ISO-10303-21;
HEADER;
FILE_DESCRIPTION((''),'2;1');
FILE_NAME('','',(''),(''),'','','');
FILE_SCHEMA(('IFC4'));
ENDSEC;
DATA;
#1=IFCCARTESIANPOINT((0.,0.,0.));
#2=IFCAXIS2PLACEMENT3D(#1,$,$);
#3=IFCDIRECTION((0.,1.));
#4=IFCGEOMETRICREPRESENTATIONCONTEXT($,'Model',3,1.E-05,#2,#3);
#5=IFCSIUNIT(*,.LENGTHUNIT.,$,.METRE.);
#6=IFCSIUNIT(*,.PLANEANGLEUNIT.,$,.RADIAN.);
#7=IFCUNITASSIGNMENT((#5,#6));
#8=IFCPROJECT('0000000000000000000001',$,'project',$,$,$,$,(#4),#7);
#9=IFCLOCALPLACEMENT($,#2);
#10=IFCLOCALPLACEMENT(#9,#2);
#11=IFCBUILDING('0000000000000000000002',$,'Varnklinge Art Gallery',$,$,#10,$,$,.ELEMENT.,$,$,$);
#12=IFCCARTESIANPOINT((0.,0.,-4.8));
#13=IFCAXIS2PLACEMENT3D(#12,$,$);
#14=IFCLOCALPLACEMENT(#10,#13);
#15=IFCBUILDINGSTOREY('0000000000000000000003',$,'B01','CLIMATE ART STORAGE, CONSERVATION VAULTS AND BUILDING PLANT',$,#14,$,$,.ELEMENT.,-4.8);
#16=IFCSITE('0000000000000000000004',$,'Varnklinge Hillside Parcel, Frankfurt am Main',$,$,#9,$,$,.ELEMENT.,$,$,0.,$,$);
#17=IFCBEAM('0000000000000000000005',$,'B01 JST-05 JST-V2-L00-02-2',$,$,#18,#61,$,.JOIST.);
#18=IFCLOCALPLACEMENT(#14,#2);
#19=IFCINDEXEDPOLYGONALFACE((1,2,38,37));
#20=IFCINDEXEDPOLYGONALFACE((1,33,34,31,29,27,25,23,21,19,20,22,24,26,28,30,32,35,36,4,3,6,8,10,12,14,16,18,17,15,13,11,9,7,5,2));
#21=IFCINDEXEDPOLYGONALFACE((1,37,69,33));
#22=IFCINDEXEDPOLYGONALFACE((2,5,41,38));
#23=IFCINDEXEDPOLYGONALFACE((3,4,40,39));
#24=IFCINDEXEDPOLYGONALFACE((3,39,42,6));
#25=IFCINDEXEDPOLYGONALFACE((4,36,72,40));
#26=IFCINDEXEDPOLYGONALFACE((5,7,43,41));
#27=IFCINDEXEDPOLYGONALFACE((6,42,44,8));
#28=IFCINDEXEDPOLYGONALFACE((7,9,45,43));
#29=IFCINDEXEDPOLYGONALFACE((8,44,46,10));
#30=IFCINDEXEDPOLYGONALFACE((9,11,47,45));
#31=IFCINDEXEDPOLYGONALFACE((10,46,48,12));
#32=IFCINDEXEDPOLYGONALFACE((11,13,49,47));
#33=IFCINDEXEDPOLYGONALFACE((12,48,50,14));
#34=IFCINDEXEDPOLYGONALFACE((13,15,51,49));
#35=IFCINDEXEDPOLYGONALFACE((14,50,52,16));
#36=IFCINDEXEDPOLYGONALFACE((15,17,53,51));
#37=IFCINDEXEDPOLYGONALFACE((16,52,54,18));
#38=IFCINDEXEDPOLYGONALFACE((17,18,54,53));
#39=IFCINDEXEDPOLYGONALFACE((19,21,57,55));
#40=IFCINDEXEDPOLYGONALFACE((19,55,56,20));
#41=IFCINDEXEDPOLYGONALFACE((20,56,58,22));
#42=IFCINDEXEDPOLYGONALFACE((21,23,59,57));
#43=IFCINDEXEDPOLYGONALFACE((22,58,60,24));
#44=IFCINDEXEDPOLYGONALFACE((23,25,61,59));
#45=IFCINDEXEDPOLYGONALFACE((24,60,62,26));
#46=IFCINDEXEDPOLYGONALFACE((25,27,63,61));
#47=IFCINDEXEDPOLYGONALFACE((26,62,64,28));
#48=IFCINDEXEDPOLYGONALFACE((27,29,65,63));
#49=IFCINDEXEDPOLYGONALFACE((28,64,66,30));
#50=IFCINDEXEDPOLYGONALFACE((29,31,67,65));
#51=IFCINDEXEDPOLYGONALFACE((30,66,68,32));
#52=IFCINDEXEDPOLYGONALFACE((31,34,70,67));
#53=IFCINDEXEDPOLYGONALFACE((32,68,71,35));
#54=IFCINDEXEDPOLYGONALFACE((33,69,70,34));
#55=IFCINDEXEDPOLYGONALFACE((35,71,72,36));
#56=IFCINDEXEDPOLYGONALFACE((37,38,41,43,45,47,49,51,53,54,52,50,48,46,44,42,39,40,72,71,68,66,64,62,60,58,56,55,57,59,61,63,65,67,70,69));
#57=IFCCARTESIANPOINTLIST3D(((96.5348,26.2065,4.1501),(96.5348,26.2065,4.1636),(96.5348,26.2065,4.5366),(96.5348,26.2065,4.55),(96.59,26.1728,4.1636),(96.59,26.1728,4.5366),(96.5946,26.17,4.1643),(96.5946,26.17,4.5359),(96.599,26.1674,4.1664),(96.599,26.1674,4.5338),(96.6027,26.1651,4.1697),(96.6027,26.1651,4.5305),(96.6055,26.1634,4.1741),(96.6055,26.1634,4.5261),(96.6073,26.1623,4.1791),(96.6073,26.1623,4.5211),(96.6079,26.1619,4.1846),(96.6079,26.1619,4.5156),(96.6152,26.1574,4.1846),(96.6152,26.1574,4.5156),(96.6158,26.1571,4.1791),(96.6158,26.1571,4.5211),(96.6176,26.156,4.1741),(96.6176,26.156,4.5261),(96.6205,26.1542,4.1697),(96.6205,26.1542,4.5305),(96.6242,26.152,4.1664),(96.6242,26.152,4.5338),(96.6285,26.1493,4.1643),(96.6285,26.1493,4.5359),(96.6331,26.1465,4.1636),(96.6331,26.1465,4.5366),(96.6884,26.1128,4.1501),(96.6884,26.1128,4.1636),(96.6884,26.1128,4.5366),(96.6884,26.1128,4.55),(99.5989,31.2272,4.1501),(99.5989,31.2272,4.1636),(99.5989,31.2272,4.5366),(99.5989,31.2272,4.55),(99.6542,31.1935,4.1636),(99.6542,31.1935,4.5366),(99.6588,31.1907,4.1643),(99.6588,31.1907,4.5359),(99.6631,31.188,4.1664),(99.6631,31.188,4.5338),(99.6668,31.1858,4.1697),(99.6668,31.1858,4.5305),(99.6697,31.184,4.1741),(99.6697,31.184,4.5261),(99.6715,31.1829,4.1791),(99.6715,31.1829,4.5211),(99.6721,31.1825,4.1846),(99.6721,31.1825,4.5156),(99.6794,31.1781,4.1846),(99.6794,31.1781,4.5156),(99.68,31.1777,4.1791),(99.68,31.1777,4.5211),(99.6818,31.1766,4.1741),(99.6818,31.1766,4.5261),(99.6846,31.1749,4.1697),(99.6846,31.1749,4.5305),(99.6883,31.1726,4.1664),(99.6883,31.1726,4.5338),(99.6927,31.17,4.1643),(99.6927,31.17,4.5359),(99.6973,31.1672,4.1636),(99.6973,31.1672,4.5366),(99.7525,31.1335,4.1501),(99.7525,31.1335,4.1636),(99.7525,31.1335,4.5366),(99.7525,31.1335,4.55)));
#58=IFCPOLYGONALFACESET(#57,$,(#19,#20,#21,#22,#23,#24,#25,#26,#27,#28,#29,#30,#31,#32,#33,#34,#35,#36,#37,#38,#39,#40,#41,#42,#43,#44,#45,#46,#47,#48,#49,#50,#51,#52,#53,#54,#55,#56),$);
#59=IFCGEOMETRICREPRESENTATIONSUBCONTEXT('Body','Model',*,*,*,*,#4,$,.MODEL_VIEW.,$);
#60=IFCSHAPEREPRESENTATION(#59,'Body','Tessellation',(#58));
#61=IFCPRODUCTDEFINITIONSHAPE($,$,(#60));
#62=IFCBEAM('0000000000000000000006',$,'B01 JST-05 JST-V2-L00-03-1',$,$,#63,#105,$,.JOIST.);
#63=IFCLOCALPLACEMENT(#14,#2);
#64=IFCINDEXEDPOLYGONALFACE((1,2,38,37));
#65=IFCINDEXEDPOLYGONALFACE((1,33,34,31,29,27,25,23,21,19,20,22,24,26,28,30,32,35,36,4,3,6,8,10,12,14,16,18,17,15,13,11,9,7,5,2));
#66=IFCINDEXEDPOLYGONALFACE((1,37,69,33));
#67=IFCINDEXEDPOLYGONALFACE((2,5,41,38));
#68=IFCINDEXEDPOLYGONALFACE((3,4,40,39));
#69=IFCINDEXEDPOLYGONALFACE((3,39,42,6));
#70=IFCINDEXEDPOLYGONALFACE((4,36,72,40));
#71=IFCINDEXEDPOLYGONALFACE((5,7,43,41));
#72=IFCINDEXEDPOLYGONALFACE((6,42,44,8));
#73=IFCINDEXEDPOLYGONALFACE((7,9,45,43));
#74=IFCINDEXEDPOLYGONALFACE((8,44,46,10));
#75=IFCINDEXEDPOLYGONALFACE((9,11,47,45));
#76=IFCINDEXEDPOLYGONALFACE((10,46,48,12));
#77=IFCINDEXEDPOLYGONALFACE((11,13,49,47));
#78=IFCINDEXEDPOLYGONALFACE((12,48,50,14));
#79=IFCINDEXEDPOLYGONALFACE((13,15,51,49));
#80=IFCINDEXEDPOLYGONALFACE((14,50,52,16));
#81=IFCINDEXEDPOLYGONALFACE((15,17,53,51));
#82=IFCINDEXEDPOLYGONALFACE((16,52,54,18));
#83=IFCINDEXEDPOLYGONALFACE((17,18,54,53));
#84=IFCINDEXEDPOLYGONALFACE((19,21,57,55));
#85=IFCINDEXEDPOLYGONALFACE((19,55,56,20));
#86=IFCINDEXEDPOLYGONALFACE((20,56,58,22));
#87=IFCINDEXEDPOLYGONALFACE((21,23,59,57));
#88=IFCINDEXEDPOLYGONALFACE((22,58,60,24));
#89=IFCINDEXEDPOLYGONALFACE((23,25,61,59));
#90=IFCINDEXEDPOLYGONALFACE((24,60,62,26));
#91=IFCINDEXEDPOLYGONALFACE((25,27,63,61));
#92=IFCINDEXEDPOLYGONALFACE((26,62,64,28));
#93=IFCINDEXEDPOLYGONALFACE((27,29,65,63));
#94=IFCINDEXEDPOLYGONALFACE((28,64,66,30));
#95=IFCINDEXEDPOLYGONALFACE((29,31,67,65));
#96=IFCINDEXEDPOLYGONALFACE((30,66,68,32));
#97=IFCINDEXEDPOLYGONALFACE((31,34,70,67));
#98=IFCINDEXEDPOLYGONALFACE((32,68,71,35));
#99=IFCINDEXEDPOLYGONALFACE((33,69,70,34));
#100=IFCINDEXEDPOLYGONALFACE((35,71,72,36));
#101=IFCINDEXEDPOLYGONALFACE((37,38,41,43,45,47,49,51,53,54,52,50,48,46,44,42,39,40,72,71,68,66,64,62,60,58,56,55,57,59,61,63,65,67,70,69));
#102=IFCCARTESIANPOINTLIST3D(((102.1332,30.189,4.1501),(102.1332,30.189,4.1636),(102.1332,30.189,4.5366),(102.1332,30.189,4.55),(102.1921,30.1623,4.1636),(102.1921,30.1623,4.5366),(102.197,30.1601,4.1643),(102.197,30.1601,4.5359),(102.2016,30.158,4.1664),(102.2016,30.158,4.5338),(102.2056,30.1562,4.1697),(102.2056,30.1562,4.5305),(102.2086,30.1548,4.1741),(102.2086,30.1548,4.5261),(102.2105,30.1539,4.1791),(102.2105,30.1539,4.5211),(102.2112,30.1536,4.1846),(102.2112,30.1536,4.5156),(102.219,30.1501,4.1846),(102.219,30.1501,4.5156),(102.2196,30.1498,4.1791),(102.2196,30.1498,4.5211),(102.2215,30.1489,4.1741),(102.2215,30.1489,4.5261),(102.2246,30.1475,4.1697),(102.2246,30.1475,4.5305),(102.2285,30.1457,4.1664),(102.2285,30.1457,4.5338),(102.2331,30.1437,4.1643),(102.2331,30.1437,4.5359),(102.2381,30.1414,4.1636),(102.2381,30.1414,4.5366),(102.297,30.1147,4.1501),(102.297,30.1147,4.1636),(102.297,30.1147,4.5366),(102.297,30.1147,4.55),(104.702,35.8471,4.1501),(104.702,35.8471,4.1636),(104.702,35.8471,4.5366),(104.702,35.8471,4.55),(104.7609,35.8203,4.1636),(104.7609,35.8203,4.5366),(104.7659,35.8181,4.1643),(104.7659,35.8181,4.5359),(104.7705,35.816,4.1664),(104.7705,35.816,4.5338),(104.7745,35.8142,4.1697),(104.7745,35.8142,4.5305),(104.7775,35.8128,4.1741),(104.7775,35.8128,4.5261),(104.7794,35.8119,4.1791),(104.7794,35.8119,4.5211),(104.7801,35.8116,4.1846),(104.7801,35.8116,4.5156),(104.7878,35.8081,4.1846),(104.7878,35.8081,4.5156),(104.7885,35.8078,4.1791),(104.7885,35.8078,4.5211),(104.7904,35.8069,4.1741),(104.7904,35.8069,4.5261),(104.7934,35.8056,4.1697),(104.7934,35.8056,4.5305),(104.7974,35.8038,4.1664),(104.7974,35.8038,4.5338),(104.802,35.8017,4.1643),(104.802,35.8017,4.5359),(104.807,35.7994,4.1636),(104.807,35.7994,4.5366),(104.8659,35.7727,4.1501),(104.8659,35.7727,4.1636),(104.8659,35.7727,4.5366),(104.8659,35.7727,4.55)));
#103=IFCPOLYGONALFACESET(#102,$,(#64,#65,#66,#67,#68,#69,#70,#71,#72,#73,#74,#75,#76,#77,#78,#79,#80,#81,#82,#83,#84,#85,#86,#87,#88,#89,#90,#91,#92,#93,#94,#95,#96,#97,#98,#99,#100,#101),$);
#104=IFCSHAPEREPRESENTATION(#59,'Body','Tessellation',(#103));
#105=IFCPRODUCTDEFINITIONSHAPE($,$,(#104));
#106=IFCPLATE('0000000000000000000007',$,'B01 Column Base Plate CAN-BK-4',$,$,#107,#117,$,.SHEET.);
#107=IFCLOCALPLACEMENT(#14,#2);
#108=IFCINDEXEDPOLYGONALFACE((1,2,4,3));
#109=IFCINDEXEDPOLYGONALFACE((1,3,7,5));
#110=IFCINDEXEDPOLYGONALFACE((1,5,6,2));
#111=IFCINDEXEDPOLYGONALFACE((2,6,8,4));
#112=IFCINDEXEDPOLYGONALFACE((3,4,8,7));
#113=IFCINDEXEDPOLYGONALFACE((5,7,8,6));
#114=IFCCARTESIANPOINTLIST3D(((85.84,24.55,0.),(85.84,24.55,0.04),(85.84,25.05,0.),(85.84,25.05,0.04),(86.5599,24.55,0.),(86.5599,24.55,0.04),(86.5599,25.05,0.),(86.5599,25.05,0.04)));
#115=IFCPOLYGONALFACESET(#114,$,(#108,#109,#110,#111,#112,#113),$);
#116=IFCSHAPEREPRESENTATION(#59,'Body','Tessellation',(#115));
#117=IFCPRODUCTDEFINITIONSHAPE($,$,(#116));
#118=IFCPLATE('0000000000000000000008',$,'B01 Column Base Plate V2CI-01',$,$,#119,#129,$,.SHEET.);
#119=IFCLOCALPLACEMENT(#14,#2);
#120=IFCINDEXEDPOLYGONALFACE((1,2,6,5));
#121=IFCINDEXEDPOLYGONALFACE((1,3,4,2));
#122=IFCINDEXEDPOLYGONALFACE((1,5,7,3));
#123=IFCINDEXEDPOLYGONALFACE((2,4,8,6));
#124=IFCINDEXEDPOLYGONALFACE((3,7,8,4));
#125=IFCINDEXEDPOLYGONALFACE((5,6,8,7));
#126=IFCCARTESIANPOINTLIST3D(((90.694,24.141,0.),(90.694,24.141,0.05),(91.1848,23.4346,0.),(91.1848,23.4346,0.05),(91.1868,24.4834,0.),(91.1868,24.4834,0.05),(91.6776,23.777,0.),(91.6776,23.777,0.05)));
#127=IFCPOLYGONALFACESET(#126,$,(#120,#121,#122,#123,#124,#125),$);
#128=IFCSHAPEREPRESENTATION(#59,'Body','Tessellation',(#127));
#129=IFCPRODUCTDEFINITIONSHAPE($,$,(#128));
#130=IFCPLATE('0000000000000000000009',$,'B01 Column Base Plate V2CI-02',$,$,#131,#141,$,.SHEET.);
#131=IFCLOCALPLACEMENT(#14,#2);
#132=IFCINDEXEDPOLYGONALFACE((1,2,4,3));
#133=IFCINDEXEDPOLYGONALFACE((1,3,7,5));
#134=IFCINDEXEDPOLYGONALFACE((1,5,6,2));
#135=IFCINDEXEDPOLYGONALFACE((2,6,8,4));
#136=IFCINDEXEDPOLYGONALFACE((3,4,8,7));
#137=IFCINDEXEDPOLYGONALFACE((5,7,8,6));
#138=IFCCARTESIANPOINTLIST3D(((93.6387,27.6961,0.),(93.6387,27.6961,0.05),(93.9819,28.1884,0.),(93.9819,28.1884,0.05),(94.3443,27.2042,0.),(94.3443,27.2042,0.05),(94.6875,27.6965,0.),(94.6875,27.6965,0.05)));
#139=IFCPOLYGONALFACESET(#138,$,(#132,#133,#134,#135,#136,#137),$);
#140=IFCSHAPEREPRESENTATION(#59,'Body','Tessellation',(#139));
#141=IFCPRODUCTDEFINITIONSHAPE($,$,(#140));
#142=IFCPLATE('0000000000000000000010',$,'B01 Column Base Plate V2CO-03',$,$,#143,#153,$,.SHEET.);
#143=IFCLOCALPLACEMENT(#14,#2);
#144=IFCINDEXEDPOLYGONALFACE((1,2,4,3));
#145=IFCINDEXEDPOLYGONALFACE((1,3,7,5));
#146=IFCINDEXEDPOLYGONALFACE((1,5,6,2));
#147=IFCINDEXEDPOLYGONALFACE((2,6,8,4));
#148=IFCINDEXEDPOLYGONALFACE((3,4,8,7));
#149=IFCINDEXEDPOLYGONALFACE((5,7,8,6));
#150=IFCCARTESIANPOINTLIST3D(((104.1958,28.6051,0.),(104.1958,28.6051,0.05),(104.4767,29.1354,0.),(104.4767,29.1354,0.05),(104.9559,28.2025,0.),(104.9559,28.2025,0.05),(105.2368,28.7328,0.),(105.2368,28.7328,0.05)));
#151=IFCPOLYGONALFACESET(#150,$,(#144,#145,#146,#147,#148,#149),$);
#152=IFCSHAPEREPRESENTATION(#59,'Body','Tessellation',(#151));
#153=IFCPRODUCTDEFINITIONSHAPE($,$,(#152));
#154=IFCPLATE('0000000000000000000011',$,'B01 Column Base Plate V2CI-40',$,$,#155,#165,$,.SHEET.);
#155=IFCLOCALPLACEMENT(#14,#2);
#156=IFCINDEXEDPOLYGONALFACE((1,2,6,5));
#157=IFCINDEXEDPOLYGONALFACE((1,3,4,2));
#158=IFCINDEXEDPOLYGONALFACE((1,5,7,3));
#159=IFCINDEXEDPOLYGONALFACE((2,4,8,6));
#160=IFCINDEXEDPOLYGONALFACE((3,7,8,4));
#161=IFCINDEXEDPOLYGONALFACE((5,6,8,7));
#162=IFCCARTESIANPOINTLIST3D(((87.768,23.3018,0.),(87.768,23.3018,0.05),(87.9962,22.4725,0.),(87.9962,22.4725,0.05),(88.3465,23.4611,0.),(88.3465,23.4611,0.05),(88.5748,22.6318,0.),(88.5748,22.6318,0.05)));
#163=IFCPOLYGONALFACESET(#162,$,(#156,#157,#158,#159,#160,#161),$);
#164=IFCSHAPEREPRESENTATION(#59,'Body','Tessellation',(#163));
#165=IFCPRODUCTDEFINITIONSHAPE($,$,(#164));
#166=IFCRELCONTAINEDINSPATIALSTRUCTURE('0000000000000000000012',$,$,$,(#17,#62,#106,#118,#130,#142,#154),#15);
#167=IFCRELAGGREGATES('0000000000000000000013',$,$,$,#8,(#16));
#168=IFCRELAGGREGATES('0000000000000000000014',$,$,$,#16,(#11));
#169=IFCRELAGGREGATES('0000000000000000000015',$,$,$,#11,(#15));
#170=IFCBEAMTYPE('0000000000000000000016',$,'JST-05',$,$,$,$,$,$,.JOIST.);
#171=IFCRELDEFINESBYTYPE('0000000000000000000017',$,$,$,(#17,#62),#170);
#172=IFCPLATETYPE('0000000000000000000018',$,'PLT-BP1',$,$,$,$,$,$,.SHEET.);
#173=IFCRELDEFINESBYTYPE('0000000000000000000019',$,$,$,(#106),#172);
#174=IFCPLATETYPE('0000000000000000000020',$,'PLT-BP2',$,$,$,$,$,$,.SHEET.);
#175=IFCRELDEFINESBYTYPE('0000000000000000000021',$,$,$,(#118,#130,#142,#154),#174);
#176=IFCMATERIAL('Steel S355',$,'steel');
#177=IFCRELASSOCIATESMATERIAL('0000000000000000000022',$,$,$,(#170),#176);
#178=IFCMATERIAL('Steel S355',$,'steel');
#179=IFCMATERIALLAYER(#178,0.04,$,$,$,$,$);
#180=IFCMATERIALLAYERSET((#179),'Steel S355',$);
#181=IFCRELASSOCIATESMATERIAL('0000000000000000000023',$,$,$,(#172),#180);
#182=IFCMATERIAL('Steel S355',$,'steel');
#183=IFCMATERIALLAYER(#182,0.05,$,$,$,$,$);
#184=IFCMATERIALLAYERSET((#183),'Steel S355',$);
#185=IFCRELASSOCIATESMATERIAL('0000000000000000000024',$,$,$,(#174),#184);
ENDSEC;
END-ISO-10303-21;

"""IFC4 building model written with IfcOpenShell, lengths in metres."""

from ifc_helpers import new_model, si_unit, direction, frame, origin, origin_2d, place, context, subcontext, project, spatial, rectangle, i_section, extrude, material, layer, layer_set, material_profile, profile_set, type_object, element, save


model = new_model("IFC4")

# Units and contexts
model_context = context("Model", 3, precision=1e-05, world=origin(), true_north=direction((0.0, 1.0)))
body_context = subcontext(model_context, "Body", "Model", "MODEL_VIEW")
ifc_project = project(units=[si_unit("LENGTHUNIT", "METRE"), si_unit("PLANEANGLEUNIT", "RADIAN")], contexts=[model_context])

# Site, building, storey
site_placement = place(None, origin())
site = spatial("IfcSite", under=ifc_project, at=site_placement, Name="Varnklinge Hillside Parcel, Frankfurt am Main", CompositionType="ELEMENT", RefElevation=0.0)
building_placement = place(site_placement, origin())
building = spatial("IfcBuilding", under=site, at=building_placement, Name="Varnklinge Art Gallery", CompositionType="ELEMENT")
storey_placement = place(building_placement, frame((0.0, 0.0, -4.8)))
storey = spatial("IfcBuildingStorey", under=building, at=storey_placement, Name="B01", Description="CLIMATE ART STORAGE, CONSERVATION VAULTS AND BUILDING PLANT", CompositionType="ELEMENT", Elevation=-4.8)

# Beams
ifc_material_1 = material(Name="Steel S355", Category="steel")
ifc_material_profile_1 = material_profile(ifc_material_1, i_section(OverallWidth=0.1799, OverallDepth=0.3999, WebThickness=0.0085, FlangeThickness=0.0134, FilletRadius=0.021, at=origin_2d()), Name="IPE 400")
ifc_profile_set_1 = profile_set([ifc_material_profile_1], Name="Steel S355")
beam_type_1 = type_object("IfcBeamType", Name="JST-05", PredefinedType="JOIST", material=ifc_profile_set_1)
beam_1_placement = place(storey_placement, frame((96.6116, 26.1597, 4.3501), z_axis=(0.520951, 0.853586, 0.0), x_axis=(-0.853586, 0.520951, 0.0)))
element("IfcBeam", 1, at=beam_1_placement, inside=storey, type_object=beam_type_1, Name="B01 JST-05 JST-V2-L00-02-2", PredefinedType="JOIST", context=body_context, shape_type="SweptSolid", body=[
    extrude(i_section(OverallWidth=0.1799, OverallDepth=0.3999, WebThickness=0.0085, FlangeThickness=0.0134, FilletRadius=0.021, at=origin_2d()), origin(), (0.0, 0.0, 1.0), 5.8818),
])
beam_2_placement = place(storey_placement, frame((102.2151, 30.1519, 4.3501), z_axis=(0.413409, 0.910545, 0.0), x_axis=(-0.910545, 0.413409, 0.0)))
element("IfcBeam", 2, at=beam_2_placement, inside=storey, type_object=beam_type_1, Name="B01 JST-05 JST-V2-L00-03-1", PredefinedType="JOIST", context=body_context, shape_type="SweptSolid", body=[
    extrude(i_section(OverallWidth=0.1799, OverallDepth=0.3999, WebThickness=0.0085, FlangeThickness=0.0134, FilletRadius=0.021, at=origin_2d()), origin(), (0.0, 0.0, 1.0), 6.2139),
])

# Plates
ifc_material_2 = material(Name="Steel S355", Category="steel")
ifc_layer_1 = layer(ifc_material_2, 0.04)
ifc_layer_set_1 = layer_set([ifc_layer_1], Name="Steel S355")
plate_type_1 = type_object("IfcPlateType", Name="PLT-BP1", PredefinedType="SHEET", material=ifc_layer_set_1)
plate_placement = place(storey_placement, frame((86.2, 24.8, 0.0), z_axis=(0.0, 0.0, 1.0), x_axis=(1.0, 0.0, 0.0)))
element("IfcPlate", 3, at=plate_placement, inside=storey, type_object=plate_type_1, Name="B01 Column Base Plate CAN-BK-4", PredefinedType="SHEET", context=body_context, shape_type="SweptSolid", body=[
    extrude(rectangle(XDim=0.72, YDim=0.5, at=origin_2d()), origin(), (0.0, 0.0, 1.0), 0.04),
])
ifc_material_3 = material(Name="Steel S355", Category="steel")
ifc_layer_2 = layer(ifc_material_3, 0.05)
ifc_layer_set_2 = layer_set([ifc_layer_2], Name="Steel S355")
plate_type_2 = type_object("IfcPlateType", Name="PLT-BP2", PredefinedType="SHEET", material=ifc_layer_set_2)
for number, where, z_axis, x_axis, name in (
    (4, (91.1858, 23.959, 0.0), (0.0, 0.0, 1.0), (-0.57057, 0.821249, 0.0), "B01 Column Base Plate V2CI-01"),
    (5, (94.1631, 27.6963, 0.0), (0.0, 0.0, 1.0), (-0.820352, 0.57186, 0.0), "B01 Column Base Plate V2CI-02"),
    (6, (104.7163, 28.6689, 0.0), (0.0, 0.0, 1.0), (-0.883684, 0.468084, 0.0), "B01 Column Base Plate V2CO-03"),
    (7, (88.1714, 22.9668, 0.0), (0.0, 0.0, 1.0), (-0.265388, 0.964142, 0.0), "B01 Column Base Plate V2CI-40"),
):
    element("IfcPlate", number, at=place(storey_placement, frame(where, z_axis=z_axis, x_axis=x_axis)), inside=storey, type_object=plate_type_2, Name=name, PredefinedType="SHEET", context=body_context, shape_type="SweptSolid", body=[
        extrude(rectangle(XDim=0.8601, YDim=0.6001, at=origin_2d()), origin(), (0.0, 0.0, 1.0), 0.05),
    ])

save(model, "model.ifc")
